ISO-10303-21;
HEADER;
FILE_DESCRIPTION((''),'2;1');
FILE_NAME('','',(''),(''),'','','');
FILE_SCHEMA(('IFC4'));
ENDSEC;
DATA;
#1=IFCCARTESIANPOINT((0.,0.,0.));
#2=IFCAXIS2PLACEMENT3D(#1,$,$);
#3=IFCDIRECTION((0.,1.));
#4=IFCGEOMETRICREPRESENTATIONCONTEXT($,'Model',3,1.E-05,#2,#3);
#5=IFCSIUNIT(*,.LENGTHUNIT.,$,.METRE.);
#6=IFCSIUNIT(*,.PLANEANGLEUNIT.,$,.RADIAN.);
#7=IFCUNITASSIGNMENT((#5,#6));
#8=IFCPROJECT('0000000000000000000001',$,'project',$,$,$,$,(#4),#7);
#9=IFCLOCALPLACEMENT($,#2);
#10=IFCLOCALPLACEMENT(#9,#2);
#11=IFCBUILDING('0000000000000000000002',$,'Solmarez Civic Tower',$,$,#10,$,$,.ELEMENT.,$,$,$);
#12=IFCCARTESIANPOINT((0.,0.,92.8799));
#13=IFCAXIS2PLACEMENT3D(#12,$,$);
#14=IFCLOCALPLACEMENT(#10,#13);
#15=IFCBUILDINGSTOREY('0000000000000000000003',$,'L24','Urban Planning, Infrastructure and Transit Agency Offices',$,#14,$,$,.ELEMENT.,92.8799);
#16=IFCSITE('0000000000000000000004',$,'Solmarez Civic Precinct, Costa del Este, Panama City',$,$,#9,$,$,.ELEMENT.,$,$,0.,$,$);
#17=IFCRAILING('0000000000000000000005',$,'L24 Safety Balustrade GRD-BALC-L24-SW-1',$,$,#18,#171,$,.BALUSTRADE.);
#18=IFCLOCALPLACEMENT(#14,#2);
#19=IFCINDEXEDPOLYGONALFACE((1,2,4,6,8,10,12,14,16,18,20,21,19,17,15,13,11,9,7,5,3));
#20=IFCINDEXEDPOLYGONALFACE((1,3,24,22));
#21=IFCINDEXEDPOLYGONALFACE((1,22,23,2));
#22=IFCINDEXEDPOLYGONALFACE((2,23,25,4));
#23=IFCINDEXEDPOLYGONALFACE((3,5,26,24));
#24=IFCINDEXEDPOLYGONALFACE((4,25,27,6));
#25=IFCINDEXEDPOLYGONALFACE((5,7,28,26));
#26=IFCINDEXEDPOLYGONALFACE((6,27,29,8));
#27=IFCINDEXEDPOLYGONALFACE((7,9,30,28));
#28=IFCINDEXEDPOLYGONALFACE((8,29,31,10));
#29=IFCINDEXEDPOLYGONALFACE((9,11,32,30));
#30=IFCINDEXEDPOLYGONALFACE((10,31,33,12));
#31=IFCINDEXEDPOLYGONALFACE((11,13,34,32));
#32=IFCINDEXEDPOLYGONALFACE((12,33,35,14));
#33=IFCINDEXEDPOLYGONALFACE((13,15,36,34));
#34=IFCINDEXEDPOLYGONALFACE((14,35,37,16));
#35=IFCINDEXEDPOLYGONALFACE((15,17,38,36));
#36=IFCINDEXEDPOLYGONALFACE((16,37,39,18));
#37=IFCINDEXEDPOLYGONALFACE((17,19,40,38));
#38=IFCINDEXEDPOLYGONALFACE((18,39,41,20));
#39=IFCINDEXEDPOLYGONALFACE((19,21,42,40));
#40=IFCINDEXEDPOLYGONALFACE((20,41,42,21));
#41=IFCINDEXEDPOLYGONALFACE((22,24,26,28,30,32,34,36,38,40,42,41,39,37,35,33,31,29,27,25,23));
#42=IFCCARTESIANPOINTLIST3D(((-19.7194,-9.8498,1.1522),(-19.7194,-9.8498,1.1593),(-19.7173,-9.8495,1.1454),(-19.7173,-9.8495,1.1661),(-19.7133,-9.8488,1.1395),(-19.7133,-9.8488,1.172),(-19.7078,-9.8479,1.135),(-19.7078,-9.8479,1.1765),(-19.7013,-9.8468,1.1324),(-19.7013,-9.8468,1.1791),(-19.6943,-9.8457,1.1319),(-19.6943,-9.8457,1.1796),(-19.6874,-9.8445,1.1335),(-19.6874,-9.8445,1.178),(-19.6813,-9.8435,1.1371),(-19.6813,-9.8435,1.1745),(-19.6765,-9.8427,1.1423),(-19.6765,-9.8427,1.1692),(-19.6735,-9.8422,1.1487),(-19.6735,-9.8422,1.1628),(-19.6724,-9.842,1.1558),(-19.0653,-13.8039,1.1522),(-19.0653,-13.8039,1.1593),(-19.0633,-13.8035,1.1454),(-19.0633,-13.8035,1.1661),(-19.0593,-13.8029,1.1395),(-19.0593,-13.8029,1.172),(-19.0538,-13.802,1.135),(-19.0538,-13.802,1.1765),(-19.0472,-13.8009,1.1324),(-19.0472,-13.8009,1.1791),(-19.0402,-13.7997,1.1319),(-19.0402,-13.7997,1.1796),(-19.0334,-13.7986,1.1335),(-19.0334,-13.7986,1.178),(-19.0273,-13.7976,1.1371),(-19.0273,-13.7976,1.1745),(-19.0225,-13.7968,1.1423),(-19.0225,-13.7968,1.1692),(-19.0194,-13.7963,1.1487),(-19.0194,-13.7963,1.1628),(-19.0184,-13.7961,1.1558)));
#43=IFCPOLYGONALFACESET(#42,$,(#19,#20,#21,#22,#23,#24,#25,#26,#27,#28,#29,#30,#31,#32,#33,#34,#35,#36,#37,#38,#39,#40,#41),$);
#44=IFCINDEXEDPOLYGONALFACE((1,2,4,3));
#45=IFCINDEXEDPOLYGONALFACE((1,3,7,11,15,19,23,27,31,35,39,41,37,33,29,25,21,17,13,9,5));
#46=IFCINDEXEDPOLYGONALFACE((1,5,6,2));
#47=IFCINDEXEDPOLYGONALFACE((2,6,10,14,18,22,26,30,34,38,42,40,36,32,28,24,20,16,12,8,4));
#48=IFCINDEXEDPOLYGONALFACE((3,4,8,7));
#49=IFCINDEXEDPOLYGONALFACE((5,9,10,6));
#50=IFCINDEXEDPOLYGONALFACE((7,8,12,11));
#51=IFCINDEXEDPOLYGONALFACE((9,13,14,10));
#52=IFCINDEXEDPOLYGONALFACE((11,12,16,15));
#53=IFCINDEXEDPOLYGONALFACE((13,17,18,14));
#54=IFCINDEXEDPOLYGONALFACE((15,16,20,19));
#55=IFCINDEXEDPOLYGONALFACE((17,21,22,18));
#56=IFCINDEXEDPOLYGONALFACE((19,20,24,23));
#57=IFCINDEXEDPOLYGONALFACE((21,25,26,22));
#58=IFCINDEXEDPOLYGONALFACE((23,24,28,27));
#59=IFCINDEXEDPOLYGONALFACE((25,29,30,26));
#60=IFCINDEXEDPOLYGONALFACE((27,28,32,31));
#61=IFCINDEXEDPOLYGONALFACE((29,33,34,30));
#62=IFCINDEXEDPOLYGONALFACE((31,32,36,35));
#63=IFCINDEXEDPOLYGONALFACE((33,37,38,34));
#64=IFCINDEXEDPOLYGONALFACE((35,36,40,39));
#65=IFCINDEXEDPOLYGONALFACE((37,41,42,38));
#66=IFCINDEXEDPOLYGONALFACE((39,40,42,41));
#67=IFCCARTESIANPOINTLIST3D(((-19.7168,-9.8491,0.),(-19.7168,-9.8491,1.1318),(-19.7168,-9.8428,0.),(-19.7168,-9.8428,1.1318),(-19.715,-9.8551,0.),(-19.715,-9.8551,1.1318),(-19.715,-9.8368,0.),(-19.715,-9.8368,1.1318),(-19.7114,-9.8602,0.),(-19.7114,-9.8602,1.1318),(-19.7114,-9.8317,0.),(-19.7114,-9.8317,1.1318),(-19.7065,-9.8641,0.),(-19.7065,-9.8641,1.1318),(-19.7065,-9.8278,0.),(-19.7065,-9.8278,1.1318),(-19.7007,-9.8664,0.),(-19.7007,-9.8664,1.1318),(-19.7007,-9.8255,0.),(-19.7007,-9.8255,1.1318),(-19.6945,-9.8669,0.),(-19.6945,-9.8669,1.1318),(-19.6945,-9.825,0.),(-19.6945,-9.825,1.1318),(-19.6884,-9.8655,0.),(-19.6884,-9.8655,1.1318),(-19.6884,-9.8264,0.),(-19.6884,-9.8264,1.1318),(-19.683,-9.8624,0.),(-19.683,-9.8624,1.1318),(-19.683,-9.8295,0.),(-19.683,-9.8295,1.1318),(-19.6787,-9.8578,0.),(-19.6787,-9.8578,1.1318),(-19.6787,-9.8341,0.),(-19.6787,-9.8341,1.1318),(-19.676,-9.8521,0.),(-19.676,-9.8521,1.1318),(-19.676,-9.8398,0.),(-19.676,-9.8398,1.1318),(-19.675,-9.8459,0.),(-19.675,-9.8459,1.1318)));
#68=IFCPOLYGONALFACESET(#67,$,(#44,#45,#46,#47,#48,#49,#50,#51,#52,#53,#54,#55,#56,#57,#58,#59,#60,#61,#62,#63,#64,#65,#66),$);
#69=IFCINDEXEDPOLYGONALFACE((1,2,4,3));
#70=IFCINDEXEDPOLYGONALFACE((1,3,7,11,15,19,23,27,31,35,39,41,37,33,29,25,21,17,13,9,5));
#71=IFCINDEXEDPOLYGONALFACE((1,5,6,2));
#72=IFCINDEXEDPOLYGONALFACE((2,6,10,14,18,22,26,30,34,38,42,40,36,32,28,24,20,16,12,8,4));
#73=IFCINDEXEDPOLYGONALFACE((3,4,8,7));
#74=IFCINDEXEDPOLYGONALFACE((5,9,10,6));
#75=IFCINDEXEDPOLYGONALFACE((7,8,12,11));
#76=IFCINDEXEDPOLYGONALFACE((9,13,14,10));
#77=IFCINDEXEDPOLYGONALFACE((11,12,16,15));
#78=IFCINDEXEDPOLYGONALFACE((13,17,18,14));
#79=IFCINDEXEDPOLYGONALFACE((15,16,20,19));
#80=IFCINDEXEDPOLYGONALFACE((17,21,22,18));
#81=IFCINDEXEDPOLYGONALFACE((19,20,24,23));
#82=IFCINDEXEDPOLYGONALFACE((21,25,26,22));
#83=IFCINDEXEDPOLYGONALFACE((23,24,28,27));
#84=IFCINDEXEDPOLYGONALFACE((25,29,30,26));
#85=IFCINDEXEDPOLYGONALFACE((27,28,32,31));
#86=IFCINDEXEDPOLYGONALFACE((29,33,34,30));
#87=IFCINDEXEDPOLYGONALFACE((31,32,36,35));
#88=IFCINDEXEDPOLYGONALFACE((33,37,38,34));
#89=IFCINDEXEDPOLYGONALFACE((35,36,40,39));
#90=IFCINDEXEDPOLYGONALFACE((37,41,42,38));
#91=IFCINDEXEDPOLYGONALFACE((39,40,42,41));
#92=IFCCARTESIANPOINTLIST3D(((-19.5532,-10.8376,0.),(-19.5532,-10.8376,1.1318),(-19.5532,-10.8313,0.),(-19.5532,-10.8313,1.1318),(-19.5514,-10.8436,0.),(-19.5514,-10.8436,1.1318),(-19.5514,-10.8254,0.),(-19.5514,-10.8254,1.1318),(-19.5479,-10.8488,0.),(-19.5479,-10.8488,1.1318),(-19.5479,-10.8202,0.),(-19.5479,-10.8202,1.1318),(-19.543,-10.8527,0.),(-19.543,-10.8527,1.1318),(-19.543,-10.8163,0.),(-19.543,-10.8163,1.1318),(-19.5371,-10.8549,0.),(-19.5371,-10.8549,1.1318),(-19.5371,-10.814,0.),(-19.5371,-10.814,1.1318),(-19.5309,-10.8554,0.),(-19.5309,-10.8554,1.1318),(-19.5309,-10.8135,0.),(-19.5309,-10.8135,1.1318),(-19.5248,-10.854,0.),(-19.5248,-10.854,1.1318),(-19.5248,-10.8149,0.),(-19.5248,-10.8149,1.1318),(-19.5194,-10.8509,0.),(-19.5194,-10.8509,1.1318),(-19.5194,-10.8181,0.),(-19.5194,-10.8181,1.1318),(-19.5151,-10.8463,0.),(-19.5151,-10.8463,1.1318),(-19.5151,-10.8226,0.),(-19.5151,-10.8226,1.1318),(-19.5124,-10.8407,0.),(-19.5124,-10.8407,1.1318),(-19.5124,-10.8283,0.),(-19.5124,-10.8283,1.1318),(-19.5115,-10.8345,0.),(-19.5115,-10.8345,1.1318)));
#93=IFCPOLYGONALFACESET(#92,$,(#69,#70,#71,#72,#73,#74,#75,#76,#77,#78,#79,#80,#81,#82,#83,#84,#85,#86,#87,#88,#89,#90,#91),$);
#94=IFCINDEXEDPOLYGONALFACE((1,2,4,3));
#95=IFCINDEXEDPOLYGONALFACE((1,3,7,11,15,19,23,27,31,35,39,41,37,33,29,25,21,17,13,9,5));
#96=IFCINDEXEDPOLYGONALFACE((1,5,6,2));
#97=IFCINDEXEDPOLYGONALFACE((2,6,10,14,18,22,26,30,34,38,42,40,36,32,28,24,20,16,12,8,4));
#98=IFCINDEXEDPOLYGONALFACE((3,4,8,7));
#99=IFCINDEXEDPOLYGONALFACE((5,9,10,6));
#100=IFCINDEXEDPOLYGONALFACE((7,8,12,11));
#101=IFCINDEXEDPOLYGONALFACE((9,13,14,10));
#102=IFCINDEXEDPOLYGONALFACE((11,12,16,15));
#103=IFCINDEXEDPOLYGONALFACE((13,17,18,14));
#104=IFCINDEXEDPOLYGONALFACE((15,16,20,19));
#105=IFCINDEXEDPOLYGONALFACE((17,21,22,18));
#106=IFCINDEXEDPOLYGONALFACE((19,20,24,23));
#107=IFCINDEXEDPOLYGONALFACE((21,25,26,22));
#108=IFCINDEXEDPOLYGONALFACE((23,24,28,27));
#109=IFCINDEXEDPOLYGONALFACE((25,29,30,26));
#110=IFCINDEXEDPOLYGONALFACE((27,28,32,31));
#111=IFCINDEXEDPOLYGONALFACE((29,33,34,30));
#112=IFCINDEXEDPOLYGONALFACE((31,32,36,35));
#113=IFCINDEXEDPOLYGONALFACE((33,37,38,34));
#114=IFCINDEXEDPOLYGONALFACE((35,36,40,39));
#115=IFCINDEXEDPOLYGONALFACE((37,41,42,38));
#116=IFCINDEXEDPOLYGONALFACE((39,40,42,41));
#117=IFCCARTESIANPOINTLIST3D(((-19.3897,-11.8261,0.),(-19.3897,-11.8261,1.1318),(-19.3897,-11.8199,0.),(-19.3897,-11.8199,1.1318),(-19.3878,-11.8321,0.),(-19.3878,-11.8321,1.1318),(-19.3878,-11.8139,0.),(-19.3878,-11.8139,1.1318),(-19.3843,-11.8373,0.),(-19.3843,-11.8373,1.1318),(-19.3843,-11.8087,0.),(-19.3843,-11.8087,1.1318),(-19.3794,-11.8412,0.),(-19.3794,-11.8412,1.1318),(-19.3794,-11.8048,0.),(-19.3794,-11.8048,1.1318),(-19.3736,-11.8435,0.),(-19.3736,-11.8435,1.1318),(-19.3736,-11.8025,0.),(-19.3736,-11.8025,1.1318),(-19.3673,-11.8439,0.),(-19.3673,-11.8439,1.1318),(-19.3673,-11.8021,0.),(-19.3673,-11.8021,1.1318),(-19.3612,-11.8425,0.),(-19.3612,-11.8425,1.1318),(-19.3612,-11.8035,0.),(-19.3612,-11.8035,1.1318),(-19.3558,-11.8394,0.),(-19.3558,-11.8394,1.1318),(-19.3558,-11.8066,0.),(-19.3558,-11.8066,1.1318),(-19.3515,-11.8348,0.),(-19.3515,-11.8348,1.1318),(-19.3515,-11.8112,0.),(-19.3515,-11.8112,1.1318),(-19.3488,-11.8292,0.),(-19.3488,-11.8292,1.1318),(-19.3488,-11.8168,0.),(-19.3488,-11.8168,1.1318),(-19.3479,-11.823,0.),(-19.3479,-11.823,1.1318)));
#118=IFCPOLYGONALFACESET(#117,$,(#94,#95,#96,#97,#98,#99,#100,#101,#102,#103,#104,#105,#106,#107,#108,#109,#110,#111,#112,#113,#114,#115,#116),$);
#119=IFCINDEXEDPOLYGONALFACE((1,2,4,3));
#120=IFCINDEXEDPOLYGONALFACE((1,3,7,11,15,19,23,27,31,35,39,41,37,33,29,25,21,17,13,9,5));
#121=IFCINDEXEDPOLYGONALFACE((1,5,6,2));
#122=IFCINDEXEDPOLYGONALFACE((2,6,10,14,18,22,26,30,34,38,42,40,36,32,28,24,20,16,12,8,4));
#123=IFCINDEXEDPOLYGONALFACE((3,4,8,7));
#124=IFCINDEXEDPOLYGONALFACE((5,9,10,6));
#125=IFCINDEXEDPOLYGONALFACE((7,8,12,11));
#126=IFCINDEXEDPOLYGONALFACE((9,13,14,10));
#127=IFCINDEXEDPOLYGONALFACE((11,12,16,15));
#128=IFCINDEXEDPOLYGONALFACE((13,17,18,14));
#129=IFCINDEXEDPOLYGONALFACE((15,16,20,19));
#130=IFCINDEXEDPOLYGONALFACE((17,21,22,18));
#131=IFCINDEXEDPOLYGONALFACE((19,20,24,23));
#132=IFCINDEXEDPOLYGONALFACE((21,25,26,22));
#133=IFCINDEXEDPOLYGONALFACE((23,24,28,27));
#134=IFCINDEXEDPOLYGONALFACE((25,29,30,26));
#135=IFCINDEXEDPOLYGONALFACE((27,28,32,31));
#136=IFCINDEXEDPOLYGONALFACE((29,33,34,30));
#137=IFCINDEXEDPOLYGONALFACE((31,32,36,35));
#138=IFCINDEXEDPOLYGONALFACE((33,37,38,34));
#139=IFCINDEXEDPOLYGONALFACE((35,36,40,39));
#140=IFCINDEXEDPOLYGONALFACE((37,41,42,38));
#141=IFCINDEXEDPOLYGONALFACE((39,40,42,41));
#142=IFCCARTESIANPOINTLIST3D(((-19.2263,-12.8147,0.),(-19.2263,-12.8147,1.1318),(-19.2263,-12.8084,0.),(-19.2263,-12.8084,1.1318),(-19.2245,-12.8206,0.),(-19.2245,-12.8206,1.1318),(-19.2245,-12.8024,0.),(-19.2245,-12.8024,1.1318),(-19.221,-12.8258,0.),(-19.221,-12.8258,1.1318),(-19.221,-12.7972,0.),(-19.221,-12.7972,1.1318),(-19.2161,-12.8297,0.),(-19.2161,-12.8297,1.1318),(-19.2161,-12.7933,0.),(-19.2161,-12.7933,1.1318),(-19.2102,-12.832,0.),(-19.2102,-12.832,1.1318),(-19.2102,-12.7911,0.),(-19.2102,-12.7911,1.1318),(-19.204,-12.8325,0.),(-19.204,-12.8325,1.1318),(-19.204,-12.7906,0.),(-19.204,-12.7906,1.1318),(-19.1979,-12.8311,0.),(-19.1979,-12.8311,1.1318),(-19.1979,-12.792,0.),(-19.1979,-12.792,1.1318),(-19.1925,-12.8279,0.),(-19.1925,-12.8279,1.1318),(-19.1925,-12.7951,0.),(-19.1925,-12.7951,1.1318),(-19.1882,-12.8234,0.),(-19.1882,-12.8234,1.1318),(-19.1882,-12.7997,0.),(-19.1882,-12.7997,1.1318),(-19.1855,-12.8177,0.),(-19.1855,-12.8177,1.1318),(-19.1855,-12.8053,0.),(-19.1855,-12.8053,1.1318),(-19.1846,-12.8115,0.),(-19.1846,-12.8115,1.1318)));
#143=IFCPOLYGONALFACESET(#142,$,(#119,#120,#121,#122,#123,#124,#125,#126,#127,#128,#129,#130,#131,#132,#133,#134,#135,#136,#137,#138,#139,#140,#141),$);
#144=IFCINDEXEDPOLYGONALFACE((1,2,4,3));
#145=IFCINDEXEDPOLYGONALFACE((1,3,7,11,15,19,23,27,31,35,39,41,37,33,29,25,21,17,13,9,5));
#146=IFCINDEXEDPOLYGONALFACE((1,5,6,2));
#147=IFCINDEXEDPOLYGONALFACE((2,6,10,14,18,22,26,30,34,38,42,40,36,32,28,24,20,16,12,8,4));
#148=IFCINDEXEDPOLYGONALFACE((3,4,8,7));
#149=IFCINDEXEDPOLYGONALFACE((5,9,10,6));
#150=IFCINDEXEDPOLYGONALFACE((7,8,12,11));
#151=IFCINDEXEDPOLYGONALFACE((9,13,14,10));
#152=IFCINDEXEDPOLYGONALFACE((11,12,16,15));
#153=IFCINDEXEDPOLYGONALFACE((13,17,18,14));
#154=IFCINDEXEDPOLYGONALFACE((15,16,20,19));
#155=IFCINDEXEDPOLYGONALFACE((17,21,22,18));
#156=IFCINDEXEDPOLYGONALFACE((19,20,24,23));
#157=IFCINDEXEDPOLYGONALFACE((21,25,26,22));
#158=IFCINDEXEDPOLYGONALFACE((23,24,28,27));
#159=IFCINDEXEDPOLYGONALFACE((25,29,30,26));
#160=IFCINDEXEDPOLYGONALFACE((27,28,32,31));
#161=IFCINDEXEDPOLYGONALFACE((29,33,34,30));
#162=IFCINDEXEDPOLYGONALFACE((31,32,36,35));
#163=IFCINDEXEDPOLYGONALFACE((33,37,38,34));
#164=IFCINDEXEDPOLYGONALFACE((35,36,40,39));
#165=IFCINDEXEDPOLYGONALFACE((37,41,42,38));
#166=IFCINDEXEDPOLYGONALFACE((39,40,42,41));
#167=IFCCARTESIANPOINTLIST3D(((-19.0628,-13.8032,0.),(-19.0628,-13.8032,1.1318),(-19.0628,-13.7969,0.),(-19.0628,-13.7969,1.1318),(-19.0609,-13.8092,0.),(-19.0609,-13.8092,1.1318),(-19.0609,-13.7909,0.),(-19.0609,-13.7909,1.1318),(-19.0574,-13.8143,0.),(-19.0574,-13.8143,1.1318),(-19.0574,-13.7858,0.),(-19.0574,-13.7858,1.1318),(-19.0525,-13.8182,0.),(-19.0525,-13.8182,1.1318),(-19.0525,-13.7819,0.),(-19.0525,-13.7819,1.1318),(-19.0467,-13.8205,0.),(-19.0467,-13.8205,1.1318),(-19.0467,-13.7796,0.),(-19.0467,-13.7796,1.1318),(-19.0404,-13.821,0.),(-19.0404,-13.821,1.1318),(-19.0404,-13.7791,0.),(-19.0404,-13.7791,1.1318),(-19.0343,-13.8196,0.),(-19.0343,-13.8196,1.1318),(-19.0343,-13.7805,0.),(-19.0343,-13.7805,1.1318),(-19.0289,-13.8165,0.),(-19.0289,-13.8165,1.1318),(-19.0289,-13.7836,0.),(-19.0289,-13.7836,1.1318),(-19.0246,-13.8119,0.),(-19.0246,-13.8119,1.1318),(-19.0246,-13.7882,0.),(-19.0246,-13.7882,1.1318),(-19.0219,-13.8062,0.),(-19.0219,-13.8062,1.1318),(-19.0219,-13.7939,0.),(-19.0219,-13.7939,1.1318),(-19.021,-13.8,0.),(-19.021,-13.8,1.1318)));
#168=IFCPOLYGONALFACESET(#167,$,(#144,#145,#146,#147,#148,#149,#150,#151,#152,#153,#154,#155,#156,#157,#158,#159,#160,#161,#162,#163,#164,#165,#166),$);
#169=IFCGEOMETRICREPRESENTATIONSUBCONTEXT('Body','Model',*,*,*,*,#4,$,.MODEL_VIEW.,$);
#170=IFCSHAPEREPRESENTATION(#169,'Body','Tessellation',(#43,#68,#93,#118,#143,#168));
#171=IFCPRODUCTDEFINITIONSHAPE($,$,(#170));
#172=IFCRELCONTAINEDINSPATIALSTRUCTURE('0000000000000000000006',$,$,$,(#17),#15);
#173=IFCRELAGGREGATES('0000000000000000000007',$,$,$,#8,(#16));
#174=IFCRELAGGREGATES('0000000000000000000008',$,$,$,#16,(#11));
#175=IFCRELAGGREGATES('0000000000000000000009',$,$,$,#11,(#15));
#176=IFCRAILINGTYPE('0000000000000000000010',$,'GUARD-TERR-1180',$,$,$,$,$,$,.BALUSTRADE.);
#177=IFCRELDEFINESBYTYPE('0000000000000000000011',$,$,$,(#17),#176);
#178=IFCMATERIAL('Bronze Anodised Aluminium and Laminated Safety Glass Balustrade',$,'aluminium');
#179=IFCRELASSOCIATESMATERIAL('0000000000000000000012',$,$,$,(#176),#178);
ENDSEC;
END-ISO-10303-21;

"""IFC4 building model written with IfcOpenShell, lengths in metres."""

from ifc_helpers import new_model, si_unit, direction, frame, origin, origin_2d, place, context, subcontext, project, spatial, circle, extrude, material, type_object, element, save


model = new_model("IFC4")

# Units and contexts
model_context = context("Model", 3, precision=1e-05, world=origin(), true_north=direction((0.0, 1.0)))
body_context = subcontext(model_context, "Body", "Model", "MODEL_VIEW")
ifc_project = project(units=[si_unit("LENGTHUNIT", "METRE"), si_unit("PLANEANGLEUNIT", "RADIAN")], contexts=[model_context])

# Site, building, storey
site_placement = place(None, origin())
site = spatial("IfcSite", under=ifc_project, at=site_placement, Name="Solmarez Civic Precinct, Costa del Este, Panama City", CompositionType="ELEMENT", RefElevation=0.0)
building_placement = place(site_placement, origin())
building = spatial("IfcBuilding", under=site, at=building_placement, Name="Solmarez Civic Tower", CompositionType="ELEMENT")
storey_placement = place(building_placement, frame((0.0, 0.0, 92.8799)))
storey = spatial("IfcBuildingStorey", under=building, at=storey_placement, Name="L24", Description="Urban Planning, Infrastructure and Transit Agency Offices", CompositionType="ELEMENT", Elevation=92.8799)

# Railing
ifc_material_1 = material(Name="Bronze Anodised Aluminium and Laminated Safety Glass Balustrade", Category="aluminium")
railing_type = type_object("IfcRailingType", Name="GUARD-TERR-1180", PredefinedType="BALUSTRADE", material=ifc_material_1)
railing_1_placement = place(storey_placement, frame((-19.696, -9.8459, 0.0)))
element("IfcRailing", 1, at=railing_1_placement, inside=storey, type_object=railing_type, Name="L24 Safety Balustrade GRD-BALC-L24-SW-1", PredefinedType="BALUSTRADE", context=body_context, shape_type="SweptSolid", body=[
    extrude(circle(Radius=0.0239, at=origin_2d()), frame((0.0, 0.0, 1.1558), z_axis=(0.163194, -0.986594, 0.0), x_axis=(0.986594, 0.163194, 0.0)), (0.0, 0.0, 1.0), 4.0078),
    extrude(circle(Radius=0.021, at=origin_2d()), origin(), (0.0, 0.0, 1.0), 1.1318),
    extrude(circle(Radius=0.021, at=origin_2d()), frame((0.1636, -0.9885, 0.0)), (0.0, 0.0, 1.0), 1.1318),
    extrude(circle(Radius=0.021, at=origin_2d()), frame((0.3271, -1.9771, 0.0)), (0.0, 0.0, 1.0), 1.1318),
    extrude(circle(Radius=0.021, at=origin_2d()), frame((0.4905, -2.9656, 0.0)), (0.0, 0.0, 1.0), 1.1318),
    extrude(circle(Radius=0.021, at=origin_2d()), frame((0.6541, -3.9541, 0.0)), (0.0, 0.0, 1.0), 1.1318),
])

save(model, "model.ifc")
